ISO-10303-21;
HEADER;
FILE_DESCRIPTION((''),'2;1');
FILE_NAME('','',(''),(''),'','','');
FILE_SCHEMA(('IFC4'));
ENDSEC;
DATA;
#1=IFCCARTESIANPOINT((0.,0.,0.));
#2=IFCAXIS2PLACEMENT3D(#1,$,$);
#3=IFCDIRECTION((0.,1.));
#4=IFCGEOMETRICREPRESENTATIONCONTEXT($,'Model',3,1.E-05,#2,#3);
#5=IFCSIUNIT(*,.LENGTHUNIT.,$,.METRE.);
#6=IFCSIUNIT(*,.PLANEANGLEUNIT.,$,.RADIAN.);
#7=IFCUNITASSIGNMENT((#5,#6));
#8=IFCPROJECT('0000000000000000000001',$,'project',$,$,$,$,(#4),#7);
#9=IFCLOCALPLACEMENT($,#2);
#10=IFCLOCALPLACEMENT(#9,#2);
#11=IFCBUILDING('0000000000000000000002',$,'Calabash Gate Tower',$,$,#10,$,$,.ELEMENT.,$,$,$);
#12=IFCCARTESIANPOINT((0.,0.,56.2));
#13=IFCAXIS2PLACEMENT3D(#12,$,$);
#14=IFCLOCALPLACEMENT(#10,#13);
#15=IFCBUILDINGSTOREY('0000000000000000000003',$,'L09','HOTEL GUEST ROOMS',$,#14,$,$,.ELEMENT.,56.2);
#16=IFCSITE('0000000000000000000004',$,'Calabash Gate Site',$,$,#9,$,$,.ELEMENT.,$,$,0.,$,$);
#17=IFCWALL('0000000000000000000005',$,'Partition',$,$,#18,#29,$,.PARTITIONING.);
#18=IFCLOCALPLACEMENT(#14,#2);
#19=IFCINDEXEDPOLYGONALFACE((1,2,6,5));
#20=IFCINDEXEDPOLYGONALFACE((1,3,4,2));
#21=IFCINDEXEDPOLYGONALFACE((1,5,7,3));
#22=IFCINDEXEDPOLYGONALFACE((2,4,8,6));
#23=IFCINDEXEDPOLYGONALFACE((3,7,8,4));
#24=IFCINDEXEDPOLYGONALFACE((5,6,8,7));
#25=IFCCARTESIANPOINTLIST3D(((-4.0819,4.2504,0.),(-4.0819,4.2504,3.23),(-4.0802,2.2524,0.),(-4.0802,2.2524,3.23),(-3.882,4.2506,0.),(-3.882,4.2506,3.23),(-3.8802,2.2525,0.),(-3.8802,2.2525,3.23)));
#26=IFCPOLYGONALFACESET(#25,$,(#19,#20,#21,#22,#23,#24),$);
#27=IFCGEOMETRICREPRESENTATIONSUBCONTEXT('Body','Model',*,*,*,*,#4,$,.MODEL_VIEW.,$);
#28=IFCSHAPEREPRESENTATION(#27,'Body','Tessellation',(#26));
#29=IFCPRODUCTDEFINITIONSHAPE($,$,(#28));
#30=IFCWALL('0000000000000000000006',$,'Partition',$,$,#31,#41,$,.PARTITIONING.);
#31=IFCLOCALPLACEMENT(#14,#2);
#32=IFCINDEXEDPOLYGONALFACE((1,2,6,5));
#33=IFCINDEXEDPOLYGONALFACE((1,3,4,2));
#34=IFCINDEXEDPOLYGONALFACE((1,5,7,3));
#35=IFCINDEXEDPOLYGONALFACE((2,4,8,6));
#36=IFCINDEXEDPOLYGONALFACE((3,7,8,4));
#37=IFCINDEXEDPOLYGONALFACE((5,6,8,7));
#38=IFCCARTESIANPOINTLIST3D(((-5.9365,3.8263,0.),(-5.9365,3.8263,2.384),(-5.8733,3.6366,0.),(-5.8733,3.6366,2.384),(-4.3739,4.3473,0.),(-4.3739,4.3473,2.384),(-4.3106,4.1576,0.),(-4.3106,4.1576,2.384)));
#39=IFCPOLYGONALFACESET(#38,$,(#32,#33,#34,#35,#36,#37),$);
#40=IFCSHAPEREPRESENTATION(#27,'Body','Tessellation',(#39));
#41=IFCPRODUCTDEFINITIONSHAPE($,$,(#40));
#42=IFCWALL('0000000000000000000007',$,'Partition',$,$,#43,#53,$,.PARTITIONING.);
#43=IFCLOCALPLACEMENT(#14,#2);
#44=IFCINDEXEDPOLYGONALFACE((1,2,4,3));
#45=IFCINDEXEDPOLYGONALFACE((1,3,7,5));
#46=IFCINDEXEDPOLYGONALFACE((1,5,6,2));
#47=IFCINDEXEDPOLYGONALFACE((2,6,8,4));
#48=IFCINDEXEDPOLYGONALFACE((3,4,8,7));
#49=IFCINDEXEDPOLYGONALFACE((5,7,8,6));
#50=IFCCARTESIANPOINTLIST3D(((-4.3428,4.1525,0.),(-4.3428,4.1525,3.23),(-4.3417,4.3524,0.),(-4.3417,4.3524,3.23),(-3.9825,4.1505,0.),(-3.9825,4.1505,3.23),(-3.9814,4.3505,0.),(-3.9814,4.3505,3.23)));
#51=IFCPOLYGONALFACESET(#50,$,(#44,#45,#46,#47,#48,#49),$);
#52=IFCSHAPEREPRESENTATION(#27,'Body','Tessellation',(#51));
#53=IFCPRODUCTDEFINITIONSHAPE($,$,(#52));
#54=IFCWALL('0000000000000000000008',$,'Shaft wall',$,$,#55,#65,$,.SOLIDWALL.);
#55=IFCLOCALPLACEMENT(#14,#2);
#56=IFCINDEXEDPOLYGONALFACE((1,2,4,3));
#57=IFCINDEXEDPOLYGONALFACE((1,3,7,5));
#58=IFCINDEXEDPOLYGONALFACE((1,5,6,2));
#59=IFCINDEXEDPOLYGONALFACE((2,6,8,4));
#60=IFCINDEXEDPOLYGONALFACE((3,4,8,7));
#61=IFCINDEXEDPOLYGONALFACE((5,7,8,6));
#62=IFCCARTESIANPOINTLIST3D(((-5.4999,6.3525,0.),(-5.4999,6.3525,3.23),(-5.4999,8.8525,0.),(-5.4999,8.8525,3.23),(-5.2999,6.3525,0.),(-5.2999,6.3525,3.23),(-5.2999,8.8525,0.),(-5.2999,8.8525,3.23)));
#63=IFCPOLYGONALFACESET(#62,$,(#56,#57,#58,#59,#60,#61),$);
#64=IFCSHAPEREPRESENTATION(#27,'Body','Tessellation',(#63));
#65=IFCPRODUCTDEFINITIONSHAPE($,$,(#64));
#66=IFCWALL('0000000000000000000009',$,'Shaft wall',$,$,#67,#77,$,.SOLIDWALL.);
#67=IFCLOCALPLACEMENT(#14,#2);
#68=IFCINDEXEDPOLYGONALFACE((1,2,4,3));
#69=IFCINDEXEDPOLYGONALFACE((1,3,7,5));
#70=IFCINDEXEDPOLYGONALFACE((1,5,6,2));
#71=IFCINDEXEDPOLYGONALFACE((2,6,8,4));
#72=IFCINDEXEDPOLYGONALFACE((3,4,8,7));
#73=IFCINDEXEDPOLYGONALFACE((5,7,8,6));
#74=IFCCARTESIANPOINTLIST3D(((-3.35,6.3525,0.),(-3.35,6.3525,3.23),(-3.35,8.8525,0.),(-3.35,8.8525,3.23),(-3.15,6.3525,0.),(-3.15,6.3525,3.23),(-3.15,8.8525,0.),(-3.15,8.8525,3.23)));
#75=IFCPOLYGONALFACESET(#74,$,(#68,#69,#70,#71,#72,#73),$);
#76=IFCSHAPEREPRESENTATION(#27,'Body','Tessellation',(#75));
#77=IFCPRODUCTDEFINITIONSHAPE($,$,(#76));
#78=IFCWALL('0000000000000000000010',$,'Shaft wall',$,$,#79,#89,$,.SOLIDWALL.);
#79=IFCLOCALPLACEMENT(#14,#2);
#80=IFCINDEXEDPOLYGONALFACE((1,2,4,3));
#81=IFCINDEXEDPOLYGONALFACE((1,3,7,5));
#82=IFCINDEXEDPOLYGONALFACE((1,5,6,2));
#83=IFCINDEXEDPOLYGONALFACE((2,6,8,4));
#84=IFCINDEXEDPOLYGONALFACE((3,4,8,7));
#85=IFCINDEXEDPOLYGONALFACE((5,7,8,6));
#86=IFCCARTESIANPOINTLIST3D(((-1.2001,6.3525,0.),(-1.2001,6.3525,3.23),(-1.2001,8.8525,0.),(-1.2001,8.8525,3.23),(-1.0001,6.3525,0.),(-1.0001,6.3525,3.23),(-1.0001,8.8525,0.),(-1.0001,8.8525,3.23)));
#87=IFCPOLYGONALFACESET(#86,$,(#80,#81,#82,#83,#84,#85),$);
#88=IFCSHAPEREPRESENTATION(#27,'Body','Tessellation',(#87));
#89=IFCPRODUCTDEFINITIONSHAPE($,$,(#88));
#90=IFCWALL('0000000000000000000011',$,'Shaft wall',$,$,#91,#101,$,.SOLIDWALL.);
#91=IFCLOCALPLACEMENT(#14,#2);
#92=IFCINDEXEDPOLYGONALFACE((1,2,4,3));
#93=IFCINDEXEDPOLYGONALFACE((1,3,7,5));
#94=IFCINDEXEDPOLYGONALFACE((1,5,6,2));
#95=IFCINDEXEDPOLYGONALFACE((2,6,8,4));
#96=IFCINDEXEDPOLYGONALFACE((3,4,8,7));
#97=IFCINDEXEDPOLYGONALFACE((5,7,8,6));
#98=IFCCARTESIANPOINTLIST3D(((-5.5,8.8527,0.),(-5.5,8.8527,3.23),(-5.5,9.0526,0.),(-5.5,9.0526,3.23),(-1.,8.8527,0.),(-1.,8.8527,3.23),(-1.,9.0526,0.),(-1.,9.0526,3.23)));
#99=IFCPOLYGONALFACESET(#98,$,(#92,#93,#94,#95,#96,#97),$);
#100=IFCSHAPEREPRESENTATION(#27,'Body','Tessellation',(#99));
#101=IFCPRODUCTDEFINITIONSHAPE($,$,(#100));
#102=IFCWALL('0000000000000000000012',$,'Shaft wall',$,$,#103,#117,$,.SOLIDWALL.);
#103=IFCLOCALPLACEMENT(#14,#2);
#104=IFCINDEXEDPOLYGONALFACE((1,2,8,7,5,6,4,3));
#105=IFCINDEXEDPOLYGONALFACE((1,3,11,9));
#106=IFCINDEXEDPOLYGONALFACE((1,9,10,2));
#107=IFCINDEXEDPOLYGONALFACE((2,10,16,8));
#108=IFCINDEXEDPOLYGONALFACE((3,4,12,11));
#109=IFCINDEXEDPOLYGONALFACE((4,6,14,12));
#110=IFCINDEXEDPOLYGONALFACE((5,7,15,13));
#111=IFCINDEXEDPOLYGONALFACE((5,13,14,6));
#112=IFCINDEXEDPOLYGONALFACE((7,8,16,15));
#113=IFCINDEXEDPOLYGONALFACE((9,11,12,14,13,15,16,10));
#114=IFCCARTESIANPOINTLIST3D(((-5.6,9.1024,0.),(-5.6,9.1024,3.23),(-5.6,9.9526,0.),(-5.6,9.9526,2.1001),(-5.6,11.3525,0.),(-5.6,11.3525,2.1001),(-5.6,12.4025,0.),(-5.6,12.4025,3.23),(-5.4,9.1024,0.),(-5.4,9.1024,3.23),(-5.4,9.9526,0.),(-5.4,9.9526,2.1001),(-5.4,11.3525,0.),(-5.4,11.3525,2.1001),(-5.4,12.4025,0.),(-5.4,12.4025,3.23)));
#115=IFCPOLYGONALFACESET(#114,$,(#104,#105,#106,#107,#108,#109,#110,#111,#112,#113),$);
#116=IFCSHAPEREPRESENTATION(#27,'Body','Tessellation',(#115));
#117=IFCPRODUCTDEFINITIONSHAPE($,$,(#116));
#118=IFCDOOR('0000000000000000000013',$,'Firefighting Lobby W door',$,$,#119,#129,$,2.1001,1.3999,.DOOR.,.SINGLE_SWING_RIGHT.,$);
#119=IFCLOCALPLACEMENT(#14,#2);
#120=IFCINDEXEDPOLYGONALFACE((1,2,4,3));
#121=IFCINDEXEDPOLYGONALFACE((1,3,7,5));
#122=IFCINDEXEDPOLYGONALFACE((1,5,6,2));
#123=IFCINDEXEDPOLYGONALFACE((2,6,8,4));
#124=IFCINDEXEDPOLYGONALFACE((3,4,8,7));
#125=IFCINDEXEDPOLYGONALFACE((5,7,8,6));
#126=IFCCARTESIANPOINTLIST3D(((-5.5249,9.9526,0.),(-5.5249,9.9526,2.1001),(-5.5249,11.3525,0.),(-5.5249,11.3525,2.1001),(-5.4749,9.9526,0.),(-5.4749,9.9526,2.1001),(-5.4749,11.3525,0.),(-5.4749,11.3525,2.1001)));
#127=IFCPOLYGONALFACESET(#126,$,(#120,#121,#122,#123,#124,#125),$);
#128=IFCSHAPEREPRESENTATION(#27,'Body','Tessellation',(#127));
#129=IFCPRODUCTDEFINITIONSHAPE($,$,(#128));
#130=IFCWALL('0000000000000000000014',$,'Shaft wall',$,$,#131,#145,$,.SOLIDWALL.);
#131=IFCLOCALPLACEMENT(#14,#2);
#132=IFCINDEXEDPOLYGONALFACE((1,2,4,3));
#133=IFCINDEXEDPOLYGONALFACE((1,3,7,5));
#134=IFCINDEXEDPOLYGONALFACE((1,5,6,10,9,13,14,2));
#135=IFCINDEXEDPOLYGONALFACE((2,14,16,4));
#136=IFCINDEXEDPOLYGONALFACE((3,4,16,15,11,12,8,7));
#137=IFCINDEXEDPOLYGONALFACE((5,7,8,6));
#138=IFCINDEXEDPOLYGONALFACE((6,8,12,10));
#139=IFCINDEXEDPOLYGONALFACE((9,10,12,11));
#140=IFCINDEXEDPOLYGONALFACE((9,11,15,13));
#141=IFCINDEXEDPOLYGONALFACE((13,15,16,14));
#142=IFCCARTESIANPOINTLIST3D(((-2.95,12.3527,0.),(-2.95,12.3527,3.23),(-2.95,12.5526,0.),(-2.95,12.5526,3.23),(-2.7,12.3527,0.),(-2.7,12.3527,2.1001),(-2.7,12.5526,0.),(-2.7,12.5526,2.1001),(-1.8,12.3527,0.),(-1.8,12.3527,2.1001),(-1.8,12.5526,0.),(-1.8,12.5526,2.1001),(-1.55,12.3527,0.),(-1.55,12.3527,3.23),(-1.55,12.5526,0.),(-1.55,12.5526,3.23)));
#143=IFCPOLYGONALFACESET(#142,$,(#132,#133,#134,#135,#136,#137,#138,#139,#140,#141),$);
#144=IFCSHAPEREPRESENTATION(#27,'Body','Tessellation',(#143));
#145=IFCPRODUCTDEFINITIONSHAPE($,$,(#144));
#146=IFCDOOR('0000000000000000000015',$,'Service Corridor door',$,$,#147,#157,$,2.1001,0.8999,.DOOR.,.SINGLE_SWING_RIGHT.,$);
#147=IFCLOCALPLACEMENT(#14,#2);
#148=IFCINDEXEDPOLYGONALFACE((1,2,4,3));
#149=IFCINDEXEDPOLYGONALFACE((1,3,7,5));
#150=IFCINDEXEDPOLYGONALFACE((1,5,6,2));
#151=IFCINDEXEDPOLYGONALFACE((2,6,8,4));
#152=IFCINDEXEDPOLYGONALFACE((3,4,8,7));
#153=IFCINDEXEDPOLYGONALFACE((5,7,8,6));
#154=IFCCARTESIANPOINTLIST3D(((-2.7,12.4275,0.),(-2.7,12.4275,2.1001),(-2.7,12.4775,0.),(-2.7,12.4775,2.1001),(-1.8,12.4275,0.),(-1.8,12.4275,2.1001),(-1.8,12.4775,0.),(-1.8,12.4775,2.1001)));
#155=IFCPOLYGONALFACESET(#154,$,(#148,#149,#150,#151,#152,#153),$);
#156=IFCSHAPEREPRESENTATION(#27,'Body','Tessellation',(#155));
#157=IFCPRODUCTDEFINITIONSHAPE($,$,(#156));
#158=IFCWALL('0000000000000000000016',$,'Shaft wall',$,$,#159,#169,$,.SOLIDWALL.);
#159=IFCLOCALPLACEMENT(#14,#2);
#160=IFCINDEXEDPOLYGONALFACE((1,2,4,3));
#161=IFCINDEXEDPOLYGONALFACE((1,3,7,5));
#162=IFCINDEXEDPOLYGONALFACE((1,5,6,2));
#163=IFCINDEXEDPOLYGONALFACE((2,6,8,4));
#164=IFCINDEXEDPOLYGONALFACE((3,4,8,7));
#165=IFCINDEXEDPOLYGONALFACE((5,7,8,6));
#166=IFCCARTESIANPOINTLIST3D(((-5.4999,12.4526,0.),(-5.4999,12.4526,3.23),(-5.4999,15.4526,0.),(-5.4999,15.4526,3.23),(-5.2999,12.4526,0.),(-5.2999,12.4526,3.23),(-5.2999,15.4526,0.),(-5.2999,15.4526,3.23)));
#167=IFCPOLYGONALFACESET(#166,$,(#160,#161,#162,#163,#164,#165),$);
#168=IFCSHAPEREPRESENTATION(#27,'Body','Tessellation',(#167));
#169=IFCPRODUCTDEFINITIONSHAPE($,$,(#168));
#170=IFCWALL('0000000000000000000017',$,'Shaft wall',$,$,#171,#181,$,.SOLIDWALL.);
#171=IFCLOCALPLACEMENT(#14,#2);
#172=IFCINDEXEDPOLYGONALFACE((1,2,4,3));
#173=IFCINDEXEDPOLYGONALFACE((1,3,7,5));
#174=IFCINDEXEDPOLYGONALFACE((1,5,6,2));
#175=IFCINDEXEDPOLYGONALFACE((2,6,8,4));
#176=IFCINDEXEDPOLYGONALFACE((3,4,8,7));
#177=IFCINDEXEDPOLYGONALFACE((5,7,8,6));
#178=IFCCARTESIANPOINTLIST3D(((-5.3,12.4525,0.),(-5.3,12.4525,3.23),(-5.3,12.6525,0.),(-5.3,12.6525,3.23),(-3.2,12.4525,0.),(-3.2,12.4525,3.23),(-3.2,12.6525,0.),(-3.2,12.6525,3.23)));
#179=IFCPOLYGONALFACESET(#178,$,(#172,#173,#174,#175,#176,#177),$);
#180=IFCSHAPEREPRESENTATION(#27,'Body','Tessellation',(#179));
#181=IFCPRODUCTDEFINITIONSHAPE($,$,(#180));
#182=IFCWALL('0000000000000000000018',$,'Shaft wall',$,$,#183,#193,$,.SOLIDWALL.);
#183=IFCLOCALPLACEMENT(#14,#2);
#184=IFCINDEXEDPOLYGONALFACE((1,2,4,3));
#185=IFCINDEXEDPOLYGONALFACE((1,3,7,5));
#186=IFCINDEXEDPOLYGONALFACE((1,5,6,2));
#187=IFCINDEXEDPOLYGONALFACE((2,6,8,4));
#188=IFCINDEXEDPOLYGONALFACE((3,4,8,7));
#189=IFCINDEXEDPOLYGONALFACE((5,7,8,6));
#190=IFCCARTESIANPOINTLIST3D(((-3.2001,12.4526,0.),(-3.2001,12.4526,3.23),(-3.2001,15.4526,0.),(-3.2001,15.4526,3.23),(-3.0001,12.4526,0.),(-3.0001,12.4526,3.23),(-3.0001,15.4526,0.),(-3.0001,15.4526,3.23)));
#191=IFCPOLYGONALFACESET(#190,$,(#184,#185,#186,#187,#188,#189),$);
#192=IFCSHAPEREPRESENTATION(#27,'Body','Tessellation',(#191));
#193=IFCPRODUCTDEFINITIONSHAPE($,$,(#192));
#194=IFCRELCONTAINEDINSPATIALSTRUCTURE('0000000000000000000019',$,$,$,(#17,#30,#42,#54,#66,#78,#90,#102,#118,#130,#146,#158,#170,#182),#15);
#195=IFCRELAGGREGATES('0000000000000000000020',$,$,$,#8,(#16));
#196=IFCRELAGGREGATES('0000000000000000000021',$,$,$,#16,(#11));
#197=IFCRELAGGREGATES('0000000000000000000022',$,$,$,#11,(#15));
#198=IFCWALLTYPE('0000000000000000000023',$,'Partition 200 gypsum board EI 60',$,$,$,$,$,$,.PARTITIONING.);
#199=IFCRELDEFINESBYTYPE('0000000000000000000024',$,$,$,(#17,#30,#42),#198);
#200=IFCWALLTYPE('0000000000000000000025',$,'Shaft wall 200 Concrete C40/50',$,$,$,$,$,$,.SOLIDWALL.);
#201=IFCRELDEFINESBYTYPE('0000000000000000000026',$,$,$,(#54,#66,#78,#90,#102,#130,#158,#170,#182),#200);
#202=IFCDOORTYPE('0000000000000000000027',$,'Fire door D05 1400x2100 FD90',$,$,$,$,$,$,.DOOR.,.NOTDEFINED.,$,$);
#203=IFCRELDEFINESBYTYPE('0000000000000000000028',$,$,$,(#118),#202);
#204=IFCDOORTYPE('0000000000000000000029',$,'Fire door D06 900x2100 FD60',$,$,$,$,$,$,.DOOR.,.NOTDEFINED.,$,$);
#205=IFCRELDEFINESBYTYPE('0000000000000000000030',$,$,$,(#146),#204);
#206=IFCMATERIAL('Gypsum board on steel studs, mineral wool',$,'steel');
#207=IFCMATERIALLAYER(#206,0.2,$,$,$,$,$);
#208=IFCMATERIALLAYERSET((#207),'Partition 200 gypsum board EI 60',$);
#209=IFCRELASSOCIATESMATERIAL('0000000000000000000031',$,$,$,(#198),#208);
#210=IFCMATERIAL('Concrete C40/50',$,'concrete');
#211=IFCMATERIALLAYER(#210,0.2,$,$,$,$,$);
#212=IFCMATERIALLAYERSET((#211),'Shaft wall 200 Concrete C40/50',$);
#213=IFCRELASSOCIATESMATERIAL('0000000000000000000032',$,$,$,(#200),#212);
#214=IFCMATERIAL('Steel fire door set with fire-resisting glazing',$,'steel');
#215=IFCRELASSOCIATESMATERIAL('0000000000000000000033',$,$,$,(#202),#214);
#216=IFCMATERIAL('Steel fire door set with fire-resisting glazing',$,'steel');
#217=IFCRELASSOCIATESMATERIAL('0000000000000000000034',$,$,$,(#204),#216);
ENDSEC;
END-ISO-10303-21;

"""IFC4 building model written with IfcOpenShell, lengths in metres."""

from ifc_helpers import new_model, si_unit, direction, frame, frame_2d, origin, place, context, subcontext, project, spatial, rectangle, extrude, material, layer, layer_set, type_object, element, fill, save


model = new_model("IFC4")

# Units and contexts
model_context = context("Model", 3, precision=1e-05, world=origin(), true_north=direction((0.0, 1.0)))
body_context = subcontext(model_context, "Body", "Model", "MODEL_VIEW")
ifc_project = project(units=[si_unit("LENGTHUNIT", "METRE"), si_unit("PLANEANGLEUNIT", "RADIAN")], contexts=[model_context])

# Site, building, storey
site_placement = place(None, origin())
site = spatial("IfcSite", under=ifc_project, at=site_placement, Name="Calabash Gate Site", CompositionType="ELEMENT", RefElevation=0.0)
building_placement = place(site_placement, origin())
building = spatial("IfcBuilding", under=site, at=building_placement, Name="Calabash Gate Tower", CompositionType="ELEMENT")
storey_placement = place(building_placement, frame((0.0, 0.0, 56.2)))
storey = spatial("IfcBuildingStorey", under=building, at=storey_placement, Name="L09", Description="HOTEL GUEST ROOMS", CompositionType="ELEMENT", Elevation=56.2)

# Walls
ifc_material_1 = material(Name="Gypsum board on steel studs, mineral wool", Category="steel")
ifc_layer_1 = layer(ifc_material_1, 0.2)
ifc_layer_set_1 = layer_set([ifc_layer_1], Name="Partition 200 gypsum board EI 60")
wall_type_1 = type_object("IfcWallType", Name="Partition 200 gypsum board EI 60", PredefinedType="PARTITIONING", material=ifc_layer_set_1)
wall_1_placement = place(storey_placement, frame((-3.9819, 4.2505, 0.0), z_axis=(0.0, 0.0, 1.0), x_axis=(0.000855, -1.0, 0.0)))
element("IfcWall", 1, at=wall_1_placement, inside=storey, type_object=wall_type_1, Name="Partition", PredefinedType="PARTITIONING", context=body_context, shape_type="SweptSolid", body=[
    extrude(rectangle(XDim=1.998, YDim=0.2, at=frame_2d((0.999, 0.0))), origin(), (0.0, 0.0, 1.0), 3.23),
])
wall_2_placement = place(storey_placement, frame((-5.905, 3.7314, 0.0), z_axis=(0.0, 0.0, 1.0), x_axis=(0.948668, 0.316272, 0.0)))
element("IfcWall", 2, at=wall_2_placement, inside=storey, type_object=wall_type_1, Name="Partition", PredefinedType="PARTITIONING", context=body_context, shape_type="SweptSolid", body=[
    extrude(rectangle(XDim=1.6472, YDim=0.2, at=frame_2d((0.8237, 0.0))), origin(), (0.0, 0.0, 1.0), 2.384),
])
wall_3_placement = place(storey_placement, frame((-4.3423, 4.2524, 0.0), z_axis=(0.0, 0.0, 1.0), x_axis=(0.999985, -0.00542, 0.0)))
element("IfcWall", 3, at=wall_3_placement, inside=storey, type_object=wall_type_1, Name="Partition", PredefinedType="PARTITIONING", context=body_context, shape_type="SweptSolid", body=[
    extrude(rectangle(XDim=0.3604, YDim=0.2, at=frame_2d((0.1802, 0.0))), origin(), (0.0, 0.0, 1.0), 3.23),
])
ifc_material_2 = material(Name="Concrete C40/50", Category="concrete")
ifc_layer_2 = layer(ifc_material_2, 0.2)
ifc_layer_set_2 = layer_set([ifc_layer_2], Name="Shaft wall 200 Concrete C40/50")
wall_type_2 = type_object("IfcWallType", Name="Shaft wall 200 Concrete C40/50", PredefinedType="SOLIDWALL", material=ifc_layer_set_2)
for number, where, z_axis, x_axis, name in (
    (4, (-5.3999, 6.3525, 0.0), (0.0, 0.0, 1.0), (0.0, 1.0, 0.0), "Shaft wall"),
    (5, (-3.25, 6.3525, 0.0), (0.0, 0.0, 1.0), (0.0, 1.0, 0.0), "Shaft wall"),
    (6, (-1.1001, 6.3525, 0.0), (0.0, 0.0, 1.0), (0.0, 1.0, 0.0), "Shaft wall"),
):
    element("IfcWall", number, at=place(storey_placement, frame(where, z_axis=z_axis, x_axis=x_axis)), inside=storey, type_object=wall_type_2, Name=name, PredefinedType="SOLIDWALL", context=body_context, shape_type="SweptSolid", body=[
        extrude(rectangle(XDim=2.5, YDim=0.2, at=frame_2d((1.25, 0.0))), origin(), (0.0, 0.0, 1.0), 3.23),
    ])
wall_4_placement = place(storey_placement, frame((-5.5, 8.9526, 0.0), z_axis=(0.0, 0.0, 1.0), x_axis=(1.0, 0.0, 0.0)))
element("IfcWall", 7, at=wall_4_placement, inside=storey, type_object=wall_type_2, Name="Shaft wall", PredefinedType="SOLIDWALL", context=body_context, shape_type="SweptSolid", body=[
    extrude(rectangle(XDim=4.5, YDim=0.2, at=frame_2d((2.25, 0.0))), origin(), (0.0, 0.0, 1.0), 3.23),
])

# Walls, openings, doors
wall_5_placement = place(storey_placement, frame((-5.5, 9.1025, 0.0), z_axis=(0.0, 0.0, 1.0), x_axis=(0.0, 1.0, 0.0)))
wall_5 = element("IfcWall", 8, at=wall_5_placement, inside=storey, type_object=wall_type_2, Name="Shaft wall", PredefinedType="SOLIDWALL", context=body_context, shape_type="SweptSolid", body=[
    extrude(rectangle(XDim=3.3, YDim=0.2, at=frame_2d((1.6499, 0.0))), origin(), (0.0, 0.0, 1.0), 3.23),
])
opening_1_placement = place(wall_5_placement, frame((0.8501, 0.0, 0.0)))
opening_1 = element("IfcOpeningElement", 9, at=opening_1_placement, cuts=wall_5, PredefinedType="OPENING", context=body_context, shape_type="SweptSolid", body=[
    extrude(rectangle(XDim=1.3999, YDim=2.1001, at=frame_2d((0.7, 1.05))), frame((0.0, 0.1099, 0.0), z_axis=(0.0, -1.0, 0.0), x_axis=(1.0, 0.0, 0.0)), (0.0, 0.0, 1.0), 0.22),
])
ifc_material_3 = material(Name="Steel fire door set with fire-resisting glazing", Category="steel")
door_type_1 = type_object("IfcDoorType", Name="Fire door D05 1400x2100 FD90", OperationType="NOTDEFINED", PredefinedType="DOOR", material=ifc_material_3)
door_1_placement = place(opening_1_placement, origin())
door_1 = element("IfcDoor", 10, at=door_1_placement, inside=storey, type_object=door_type_1, Name="Firefighting Lobby W door", OperationType="SINGLE_SWING_RIGHT", OverallHeight=2.1001, OverallWidth=1.3999, PredefinedType="DOOR", context=body_context, shape_type="SweptSolid", body=[
    extrude(rectangle(XDim=1.3999, YDim=2.1001, at=frame_2d((0.7, 1.05))), frame((0.0, 0.0249, 0.0), z_axis=(0.0, -1.0, 0.0), x_axis=(1.0, 0.0, 0.0)), (0.0, 0.0, 1.0), 0.05),
])
fill(opening_1, door_1)
wall_6_placement = place(storey_placement, frame((-2.95, 12.4526, 0.0), z_axis=(0.0, 0.0, 1.0), x_axis=(1.0, 0.0, 0.0)))
wall_6 = element("IfcWall", 11, at=wall_6_placement, inside=storey, type_object=wall_type_2, Name="Shaft wall", PredefinedType="SOLIDWALL", context=body_context, shape_type="SweptSolid", body=[
    extrude(rectangle(XDim=1.3999, YDim=0.2, at=frame_2d((0.7, 0.0))), origin(), (0.0, 0.0, 1.0), 3.23),
])
opening_2_placement = place(wall_6_placement, frame((0.25, 0.0, 0.0)))
opening_2 = element("IfcOpeningElement", 12, at=opening_2_placement, cuts=wall_6, PredefinedType="OPENING", context=body_context, shape_type="SweptSolid", body=[
    extrude(rectangle(XDim=0.8999, YDim=2.1001, at=frame_2d((0.45, 1.05))), frame((0.0, 0.1099, 0.0), z_axis=(0.0, -1.0, 0.0), x_axis=(1.0, 0.0, 0.0)), (0.0, 0.0, 1.0), 0.22),
])
ifc_material_4 = material(Name="Steel fire door set with fire-resisting glazing", Category="steel")
door_type_2 = type_object("IfcDoorType", Name="Fire door D06 900x2100 FD60", OperationType="NOTDEFINED", PredefinedType="DOOR", material=ifc_material_4)
door_2_placement = place(opening_2_placement, origin())
door_2 = element("IfcDoor", 13, at=door_2_placement, inside=storey, type_object=door_type_2, Name="Service Corridor door", OperationType="SINGLE_SWING_RIGHT", OverallHeight=2.1001, OverallWidth=0.8999, PredefinedType="DOOR", context=body_context, shape_type="SweptSolid", body=[
    extrude(rectangle(XDim=0.8999, YDim=2.1001, at=frame_2d((0.45, 1.05))), frame((0.0, 0.0249, 0.0), z_axis=(0.0, -1.0, 0.0), x_axis=(1.0, 0.0, 0.0)), (0.0, 0.0, 1.0), 0.05),
])
fill(opening_2, door_2)

# Walls
wall_7_placement = place(storey_placement, frame((-5.3999, 12.4526, 0.0), z_axis=(0.0, 0.0, 1.0), x_axis=(0.0, 1.0, 0.0)))
element("IfcWall", 14, at=wall_7_placement, inside=storey, type_object=wall_type_2, Name="Shaft wall", PredefinedType="SOLIDWALL", context=body_context, shape_type="SweptSolid", body=[
    extrude(rectangle(XDim=3.0, YDim=0.2, at=frame_2d((1.5, 0.0))), origin(), (0.0, 0.0, 1.0), 3.23),
])
wall_8_placement = place(storey_placement, frame((-5.3, 12.5525, 0.0), z_axis=(0.0, 0.0, 1.0), x_axis=(1.0, 0.0, 0.0)))
element("IfcWall", 15, at=wall_8_placement, inside=storey, type_object=wall_type_2, Name="Shaft wall", PredefinedType="SOLIDWALL", context=body_context, shape_type="SweptSolid", body=[
    extrude(rectangle(XDim=2.1001, YDim=0.2, at=frame_2d((1.05, 0.0))), origin(), (0.0, 0.0, 1.0), 3.23),
])
wall_9_placement = place(storey_placement, frame((-3.1001, 12.4526, 0.0), z_axis=(0.0, 0.0, 1.0), x_axis=(0.0, 1.0, 0.0)))
element("IfcWall", 16, at=wall_9_placement, inside=storey, type_object=wall_type_2, Name="Shaft wall", PredefinedType="SOLIDWALL", context=body_context, shape_type="SweptSolid", body=[
    extrude(rectangle(XDim=3.0, YDim=0.2, at=frame_2d((1.5, 0.0))), origin(), (0.0, 0.0, 1.0), 3.23),
])

save(model, "model.ifc")
